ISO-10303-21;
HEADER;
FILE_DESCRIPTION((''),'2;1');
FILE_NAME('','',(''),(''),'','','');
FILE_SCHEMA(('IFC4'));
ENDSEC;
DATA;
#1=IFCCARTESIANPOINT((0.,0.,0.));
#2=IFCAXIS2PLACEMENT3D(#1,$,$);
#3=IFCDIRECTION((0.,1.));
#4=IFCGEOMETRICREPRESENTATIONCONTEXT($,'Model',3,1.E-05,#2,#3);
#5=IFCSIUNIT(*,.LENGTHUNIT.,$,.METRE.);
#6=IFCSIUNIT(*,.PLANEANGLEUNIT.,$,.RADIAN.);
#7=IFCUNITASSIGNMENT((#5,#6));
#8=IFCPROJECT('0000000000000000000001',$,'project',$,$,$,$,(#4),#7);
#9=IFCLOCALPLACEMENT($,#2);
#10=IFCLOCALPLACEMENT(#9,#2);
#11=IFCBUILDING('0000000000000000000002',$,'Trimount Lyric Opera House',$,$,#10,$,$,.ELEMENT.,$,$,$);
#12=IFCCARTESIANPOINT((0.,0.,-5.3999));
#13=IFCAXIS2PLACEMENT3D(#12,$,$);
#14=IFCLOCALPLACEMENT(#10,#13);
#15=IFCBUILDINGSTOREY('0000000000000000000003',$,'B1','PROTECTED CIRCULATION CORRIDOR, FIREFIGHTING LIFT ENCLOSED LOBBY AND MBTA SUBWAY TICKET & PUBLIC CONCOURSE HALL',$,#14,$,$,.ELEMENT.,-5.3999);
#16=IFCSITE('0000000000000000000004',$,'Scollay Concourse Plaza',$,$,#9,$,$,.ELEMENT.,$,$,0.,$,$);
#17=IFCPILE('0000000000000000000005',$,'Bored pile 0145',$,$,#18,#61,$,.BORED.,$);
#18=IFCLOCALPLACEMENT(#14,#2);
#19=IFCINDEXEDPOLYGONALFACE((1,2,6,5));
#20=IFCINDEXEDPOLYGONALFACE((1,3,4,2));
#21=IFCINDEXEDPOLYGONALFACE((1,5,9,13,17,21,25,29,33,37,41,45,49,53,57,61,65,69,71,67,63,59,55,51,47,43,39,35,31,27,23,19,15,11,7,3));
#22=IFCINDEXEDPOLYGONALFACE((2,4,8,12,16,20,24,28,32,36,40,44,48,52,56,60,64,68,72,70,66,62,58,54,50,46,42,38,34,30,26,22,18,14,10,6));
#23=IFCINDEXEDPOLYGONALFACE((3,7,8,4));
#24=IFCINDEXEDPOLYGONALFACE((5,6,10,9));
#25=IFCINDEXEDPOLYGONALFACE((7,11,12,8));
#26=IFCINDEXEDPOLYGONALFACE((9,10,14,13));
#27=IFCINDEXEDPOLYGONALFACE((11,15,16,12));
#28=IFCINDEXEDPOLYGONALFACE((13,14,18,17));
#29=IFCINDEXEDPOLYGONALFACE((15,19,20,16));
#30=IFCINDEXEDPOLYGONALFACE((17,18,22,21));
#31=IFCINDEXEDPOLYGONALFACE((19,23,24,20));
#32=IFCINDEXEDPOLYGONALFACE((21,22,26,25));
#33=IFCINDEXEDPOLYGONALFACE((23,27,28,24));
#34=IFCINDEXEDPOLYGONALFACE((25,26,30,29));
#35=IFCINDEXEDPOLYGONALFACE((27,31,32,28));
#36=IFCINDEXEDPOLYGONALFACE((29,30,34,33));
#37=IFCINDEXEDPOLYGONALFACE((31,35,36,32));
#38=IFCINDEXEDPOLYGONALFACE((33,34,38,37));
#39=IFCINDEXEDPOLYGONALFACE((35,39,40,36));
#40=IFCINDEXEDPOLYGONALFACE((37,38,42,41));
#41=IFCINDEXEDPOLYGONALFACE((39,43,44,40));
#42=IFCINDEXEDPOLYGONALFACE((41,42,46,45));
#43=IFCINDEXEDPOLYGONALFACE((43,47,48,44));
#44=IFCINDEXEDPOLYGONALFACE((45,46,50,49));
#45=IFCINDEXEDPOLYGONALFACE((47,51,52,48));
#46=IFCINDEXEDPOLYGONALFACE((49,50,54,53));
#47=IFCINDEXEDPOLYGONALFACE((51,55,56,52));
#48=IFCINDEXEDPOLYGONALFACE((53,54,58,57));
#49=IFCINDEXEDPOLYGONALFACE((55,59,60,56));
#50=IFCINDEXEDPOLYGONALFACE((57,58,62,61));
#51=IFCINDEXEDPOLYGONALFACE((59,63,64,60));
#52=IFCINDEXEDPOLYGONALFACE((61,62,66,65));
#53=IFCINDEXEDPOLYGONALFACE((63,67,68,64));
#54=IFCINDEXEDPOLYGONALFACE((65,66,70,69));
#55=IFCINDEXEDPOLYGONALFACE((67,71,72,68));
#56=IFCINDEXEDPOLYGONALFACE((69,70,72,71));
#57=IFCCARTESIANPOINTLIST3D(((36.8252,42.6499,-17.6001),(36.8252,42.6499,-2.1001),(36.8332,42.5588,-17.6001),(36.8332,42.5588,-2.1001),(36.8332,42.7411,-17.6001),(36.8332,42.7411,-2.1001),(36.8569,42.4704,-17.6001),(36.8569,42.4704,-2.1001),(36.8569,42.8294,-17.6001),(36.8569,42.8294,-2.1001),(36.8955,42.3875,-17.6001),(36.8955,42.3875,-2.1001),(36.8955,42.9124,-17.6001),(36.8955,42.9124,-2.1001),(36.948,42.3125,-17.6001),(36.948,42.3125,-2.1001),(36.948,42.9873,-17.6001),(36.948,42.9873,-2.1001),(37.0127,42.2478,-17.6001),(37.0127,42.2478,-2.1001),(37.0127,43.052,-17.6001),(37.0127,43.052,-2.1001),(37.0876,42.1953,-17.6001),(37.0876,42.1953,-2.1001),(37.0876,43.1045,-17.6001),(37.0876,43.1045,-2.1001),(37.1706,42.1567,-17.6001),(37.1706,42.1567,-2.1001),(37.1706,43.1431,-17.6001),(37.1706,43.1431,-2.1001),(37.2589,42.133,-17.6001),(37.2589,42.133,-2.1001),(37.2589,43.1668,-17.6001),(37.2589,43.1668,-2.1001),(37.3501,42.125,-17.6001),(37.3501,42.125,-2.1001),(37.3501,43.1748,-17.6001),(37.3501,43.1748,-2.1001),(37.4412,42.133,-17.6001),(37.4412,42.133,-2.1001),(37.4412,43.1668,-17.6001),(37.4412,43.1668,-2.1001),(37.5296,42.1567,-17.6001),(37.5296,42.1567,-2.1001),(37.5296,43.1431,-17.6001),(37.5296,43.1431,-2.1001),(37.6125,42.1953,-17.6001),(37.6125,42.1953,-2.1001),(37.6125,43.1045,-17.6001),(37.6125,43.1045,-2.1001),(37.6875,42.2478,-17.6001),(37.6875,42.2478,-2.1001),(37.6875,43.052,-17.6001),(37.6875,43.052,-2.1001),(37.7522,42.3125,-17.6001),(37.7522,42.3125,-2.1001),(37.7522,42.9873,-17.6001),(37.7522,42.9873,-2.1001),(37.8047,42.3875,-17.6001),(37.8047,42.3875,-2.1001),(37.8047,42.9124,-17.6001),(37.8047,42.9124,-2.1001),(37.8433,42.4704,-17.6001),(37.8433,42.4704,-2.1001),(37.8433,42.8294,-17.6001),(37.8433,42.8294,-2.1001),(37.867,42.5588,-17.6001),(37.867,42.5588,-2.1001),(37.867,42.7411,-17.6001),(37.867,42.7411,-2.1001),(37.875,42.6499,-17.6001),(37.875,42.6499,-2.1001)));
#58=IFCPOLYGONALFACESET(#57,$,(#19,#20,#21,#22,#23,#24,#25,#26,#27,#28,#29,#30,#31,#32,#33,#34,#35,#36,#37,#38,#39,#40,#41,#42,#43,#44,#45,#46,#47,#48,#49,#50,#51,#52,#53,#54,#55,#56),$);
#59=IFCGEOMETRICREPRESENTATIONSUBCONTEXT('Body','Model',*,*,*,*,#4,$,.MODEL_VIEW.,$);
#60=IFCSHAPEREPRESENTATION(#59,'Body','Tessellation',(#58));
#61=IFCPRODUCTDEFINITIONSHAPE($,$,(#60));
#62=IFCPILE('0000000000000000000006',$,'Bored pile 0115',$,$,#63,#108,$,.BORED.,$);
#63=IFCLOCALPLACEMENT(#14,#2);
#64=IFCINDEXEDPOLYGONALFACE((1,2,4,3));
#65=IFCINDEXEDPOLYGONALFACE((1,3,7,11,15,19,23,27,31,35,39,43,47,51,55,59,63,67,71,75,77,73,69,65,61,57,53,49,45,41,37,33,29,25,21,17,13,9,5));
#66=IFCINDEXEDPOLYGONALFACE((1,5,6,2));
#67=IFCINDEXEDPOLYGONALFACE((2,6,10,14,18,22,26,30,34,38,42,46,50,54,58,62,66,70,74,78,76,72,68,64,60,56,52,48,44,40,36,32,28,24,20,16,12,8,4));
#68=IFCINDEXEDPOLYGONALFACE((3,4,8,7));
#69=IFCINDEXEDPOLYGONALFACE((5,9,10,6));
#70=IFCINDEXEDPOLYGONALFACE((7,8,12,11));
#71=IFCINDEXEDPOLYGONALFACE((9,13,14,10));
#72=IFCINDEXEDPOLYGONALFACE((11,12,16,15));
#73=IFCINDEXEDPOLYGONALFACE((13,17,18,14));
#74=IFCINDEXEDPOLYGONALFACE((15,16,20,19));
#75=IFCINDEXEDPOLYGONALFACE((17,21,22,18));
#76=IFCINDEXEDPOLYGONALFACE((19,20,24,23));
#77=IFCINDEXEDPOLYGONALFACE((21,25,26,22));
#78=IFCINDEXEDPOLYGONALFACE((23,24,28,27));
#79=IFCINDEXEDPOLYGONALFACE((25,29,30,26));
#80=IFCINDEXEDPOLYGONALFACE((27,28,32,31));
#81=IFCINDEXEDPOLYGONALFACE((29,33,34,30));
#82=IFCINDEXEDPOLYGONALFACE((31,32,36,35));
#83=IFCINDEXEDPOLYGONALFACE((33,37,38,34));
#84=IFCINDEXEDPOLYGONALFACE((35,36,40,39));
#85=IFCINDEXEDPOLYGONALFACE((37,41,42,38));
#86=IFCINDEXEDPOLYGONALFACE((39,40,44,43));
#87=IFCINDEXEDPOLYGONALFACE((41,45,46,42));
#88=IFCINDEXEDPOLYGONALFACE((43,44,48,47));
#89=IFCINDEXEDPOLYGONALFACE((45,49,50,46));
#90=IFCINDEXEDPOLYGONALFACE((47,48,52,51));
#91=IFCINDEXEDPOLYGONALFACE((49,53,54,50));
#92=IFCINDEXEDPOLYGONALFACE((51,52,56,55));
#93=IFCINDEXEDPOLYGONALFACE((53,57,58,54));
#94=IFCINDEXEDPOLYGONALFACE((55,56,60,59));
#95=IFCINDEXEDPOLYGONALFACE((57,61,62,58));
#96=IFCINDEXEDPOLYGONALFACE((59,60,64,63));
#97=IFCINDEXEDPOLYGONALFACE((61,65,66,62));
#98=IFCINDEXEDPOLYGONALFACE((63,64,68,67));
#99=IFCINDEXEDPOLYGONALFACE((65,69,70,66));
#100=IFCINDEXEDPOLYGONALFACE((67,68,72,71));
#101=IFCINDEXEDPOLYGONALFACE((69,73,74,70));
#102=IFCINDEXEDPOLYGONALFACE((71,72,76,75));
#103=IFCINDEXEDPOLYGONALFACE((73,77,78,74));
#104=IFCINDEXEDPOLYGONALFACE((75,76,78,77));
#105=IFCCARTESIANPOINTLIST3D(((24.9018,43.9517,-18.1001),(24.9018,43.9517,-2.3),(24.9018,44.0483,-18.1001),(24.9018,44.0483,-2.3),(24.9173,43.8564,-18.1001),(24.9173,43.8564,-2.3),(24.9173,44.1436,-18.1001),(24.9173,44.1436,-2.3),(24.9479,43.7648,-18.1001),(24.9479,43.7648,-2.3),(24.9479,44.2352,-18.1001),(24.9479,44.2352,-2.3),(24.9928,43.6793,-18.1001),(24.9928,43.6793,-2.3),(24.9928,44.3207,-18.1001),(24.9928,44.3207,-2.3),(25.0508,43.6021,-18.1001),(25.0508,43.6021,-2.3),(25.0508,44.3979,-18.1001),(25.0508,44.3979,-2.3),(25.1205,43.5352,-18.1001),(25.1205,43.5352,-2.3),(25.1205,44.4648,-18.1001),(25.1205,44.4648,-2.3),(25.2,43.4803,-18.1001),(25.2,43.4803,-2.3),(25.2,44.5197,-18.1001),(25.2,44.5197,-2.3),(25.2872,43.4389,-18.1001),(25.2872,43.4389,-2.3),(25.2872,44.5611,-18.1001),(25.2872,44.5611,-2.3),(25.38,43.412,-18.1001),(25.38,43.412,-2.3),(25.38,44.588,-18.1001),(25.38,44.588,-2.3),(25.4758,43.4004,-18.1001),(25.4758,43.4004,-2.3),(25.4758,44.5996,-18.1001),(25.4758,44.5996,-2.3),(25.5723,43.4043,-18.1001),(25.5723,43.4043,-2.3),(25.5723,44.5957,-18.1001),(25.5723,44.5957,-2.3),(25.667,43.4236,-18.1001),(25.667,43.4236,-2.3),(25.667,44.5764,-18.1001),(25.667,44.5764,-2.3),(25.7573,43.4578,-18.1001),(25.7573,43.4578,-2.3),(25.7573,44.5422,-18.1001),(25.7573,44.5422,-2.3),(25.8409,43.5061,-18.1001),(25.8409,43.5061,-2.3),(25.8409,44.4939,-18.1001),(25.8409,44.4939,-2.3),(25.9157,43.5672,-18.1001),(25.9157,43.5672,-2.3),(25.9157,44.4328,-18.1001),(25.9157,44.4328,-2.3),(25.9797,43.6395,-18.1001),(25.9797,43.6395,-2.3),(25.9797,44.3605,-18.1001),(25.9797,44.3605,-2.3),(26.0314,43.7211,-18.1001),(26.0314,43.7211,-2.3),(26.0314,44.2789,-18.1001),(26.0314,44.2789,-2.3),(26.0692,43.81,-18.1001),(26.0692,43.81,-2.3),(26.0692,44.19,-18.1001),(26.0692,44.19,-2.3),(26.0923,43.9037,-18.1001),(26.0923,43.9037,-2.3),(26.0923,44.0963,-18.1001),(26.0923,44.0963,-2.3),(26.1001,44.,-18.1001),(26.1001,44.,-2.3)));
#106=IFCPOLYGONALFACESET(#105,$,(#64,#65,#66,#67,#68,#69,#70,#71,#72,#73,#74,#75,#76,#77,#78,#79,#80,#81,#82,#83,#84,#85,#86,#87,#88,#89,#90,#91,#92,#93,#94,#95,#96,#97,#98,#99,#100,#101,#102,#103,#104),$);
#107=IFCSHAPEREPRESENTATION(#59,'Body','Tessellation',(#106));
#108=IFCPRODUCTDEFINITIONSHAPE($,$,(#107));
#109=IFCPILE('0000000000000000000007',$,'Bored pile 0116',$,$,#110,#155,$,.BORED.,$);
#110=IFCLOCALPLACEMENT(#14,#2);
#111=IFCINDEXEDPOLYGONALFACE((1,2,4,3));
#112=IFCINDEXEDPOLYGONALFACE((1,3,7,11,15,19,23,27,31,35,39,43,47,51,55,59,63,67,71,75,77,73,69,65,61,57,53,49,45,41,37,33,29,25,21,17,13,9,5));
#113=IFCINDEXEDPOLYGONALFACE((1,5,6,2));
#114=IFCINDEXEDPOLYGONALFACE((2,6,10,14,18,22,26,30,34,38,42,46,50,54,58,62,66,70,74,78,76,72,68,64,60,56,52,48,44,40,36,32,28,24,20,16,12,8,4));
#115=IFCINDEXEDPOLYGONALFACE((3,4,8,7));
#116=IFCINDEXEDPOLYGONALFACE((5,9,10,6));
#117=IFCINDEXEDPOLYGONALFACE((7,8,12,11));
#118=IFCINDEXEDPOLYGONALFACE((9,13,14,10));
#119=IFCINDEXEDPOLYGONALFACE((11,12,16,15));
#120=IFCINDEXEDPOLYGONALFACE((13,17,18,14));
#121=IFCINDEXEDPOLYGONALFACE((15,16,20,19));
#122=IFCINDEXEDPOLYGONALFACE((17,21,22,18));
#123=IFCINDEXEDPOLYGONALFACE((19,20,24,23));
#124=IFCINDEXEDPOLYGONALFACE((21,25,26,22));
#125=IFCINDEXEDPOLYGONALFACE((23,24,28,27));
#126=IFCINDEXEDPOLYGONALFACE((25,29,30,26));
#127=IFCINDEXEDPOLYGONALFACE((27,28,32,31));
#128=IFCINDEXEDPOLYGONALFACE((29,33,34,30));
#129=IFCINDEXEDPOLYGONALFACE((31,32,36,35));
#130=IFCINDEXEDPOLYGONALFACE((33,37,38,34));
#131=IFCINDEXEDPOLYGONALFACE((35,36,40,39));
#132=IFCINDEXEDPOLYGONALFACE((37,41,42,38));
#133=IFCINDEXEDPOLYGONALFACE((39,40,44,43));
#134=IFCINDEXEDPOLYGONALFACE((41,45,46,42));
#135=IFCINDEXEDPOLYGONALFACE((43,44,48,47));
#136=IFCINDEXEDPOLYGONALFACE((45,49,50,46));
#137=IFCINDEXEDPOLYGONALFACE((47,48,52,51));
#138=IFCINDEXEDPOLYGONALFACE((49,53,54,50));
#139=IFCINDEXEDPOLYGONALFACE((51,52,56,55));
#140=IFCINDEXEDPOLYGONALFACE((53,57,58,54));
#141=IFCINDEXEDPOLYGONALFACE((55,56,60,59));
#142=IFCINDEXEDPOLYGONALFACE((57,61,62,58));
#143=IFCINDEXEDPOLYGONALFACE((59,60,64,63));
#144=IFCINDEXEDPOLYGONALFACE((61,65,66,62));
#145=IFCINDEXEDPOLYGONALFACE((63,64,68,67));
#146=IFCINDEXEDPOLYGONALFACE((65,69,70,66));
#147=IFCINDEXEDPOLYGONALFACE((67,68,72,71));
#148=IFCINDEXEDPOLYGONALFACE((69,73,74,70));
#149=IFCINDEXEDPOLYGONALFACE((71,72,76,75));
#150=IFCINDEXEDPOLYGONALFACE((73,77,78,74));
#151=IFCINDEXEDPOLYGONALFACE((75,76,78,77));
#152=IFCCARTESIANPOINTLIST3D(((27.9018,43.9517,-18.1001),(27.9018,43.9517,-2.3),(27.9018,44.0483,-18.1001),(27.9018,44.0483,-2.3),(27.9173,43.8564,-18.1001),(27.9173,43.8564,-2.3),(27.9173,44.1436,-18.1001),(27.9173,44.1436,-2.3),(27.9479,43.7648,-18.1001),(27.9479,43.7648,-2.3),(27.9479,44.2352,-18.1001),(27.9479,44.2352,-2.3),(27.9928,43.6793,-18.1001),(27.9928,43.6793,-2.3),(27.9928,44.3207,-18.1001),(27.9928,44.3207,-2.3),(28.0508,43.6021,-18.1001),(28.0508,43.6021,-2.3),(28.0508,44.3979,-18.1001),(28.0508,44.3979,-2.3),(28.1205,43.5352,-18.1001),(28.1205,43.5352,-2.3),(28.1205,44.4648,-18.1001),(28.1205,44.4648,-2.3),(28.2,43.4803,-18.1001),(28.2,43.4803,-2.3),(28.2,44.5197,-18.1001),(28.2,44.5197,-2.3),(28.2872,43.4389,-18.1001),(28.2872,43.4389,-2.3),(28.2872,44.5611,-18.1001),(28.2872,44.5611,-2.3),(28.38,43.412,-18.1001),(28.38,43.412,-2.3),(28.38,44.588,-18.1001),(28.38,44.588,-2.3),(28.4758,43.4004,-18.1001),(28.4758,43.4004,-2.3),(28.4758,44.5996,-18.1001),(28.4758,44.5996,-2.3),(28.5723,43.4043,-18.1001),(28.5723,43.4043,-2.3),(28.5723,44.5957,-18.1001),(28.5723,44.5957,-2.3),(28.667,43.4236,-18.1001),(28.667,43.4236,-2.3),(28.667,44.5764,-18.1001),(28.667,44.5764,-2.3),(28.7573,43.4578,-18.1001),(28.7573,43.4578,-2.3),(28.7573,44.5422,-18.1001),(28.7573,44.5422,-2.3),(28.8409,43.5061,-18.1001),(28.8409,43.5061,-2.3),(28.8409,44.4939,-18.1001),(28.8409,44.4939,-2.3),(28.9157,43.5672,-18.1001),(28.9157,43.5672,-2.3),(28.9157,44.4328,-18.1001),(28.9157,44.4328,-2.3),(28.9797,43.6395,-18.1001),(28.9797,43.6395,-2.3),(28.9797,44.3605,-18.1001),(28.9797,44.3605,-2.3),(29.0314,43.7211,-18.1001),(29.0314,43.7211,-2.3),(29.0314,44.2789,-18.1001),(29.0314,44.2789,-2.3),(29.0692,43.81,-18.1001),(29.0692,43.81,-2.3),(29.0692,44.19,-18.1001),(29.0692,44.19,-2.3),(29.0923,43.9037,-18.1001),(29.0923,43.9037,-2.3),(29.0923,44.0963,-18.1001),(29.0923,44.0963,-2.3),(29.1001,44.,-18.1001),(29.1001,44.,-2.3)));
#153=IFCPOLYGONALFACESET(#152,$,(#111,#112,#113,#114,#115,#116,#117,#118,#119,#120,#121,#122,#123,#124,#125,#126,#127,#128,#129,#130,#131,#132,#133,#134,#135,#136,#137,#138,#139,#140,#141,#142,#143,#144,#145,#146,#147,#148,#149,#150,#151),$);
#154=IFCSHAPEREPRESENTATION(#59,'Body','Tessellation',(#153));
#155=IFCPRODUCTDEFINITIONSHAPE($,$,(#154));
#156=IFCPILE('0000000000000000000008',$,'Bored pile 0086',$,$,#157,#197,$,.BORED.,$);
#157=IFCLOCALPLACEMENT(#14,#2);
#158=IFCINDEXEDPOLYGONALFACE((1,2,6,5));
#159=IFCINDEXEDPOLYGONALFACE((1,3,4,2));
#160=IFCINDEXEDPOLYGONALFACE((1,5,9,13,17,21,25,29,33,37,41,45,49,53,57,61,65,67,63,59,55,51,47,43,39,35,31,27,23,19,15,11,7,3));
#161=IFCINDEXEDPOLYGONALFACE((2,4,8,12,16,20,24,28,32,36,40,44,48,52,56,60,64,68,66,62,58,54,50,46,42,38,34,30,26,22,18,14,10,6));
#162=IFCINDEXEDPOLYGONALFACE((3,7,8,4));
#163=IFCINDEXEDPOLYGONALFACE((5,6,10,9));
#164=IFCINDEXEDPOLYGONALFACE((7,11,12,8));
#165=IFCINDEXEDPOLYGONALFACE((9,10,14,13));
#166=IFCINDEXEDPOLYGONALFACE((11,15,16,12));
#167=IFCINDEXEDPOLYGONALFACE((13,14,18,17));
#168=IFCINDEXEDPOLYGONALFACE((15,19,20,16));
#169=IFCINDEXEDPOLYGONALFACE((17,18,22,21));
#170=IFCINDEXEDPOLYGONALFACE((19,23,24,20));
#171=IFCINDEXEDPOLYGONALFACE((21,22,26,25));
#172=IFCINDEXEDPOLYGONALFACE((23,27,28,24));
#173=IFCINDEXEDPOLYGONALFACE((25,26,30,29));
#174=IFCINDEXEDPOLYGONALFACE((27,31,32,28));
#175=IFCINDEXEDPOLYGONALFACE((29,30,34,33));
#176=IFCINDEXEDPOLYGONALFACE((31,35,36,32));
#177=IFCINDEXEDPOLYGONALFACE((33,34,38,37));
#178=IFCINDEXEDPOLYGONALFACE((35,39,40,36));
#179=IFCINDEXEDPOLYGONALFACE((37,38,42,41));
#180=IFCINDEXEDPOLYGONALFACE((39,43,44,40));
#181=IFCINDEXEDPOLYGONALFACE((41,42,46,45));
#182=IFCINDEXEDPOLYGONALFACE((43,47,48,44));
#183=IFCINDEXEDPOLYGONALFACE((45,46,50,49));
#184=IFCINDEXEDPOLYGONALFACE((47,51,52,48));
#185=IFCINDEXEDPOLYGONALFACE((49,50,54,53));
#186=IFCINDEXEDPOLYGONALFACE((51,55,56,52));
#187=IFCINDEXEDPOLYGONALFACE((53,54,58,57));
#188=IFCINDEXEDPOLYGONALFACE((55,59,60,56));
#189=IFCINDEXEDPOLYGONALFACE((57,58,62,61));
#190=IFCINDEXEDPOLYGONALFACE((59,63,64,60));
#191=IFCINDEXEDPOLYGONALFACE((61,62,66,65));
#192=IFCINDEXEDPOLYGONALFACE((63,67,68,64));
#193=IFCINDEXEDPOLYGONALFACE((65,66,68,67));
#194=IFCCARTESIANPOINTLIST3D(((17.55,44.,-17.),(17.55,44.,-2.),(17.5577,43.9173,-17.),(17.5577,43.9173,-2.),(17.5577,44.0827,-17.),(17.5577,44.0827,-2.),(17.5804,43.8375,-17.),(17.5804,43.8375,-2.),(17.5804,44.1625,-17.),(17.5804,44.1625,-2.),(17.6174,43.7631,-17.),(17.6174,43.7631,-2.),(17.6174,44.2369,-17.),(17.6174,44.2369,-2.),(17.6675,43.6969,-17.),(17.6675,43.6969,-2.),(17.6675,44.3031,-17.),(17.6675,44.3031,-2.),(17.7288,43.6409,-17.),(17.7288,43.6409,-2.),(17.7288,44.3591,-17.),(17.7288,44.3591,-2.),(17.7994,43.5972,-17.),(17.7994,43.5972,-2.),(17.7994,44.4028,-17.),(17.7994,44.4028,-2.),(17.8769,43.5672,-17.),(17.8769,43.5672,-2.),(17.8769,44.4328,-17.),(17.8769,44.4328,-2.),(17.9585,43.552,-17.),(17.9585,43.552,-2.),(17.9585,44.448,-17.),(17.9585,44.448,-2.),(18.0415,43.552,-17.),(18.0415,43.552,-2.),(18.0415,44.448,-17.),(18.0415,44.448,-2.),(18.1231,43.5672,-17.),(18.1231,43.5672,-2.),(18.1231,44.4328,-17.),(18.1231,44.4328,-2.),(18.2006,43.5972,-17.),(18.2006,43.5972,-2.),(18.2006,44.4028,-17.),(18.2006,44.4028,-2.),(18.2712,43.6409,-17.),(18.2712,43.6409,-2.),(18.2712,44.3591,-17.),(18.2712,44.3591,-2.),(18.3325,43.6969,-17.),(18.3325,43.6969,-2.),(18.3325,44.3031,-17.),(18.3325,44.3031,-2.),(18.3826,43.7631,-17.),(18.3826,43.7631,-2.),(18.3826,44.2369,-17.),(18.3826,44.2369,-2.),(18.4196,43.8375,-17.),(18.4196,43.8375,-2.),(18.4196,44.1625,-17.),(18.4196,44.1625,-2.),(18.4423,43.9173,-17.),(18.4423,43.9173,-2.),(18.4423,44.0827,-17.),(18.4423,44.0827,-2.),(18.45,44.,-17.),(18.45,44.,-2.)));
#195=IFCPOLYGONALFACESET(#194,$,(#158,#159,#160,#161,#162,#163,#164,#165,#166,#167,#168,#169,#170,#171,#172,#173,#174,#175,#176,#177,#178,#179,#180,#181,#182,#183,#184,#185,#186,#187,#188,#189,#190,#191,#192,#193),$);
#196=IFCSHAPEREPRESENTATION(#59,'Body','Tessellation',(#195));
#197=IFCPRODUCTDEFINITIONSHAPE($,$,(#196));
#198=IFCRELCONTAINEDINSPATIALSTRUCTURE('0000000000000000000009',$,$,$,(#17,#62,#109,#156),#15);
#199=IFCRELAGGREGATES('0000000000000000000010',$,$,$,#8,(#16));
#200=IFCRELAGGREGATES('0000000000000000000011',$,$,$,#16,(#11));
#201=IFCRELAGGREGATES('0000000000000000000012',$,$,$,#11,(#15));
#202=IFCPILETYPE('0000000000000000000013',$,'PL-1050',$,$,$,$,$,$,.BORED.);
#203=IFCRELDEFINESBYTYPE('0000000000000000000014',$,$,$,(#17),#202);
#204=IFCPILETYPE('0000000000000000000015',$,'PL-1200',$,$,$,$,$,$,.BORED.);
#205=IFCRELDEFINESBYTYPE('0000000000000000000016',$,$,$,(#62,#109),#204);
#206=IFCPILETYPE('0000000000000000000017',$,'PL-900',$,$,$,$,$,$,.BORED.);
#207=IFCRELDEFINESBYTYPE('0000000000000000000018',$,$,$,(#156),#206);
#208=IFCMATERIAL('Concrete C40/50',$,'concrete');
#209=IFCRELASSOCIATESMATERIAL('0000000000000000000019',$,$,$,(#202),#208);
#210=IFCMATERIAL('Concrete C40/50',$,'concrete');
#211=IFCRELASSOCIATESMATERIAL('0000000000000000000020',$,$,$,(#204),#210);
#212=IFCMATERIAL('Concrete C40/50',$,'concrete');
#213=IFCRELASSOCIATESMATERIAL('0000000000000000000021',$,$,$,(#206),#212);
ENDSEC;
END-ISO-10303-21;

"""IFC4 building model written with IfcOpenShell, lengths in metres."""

from ifc_helpers import new_model, si_unit, direction, frame, origin, origin_2d, place, context, subcontext, project, spatial, circle, extrude, material, material_profile, profile_set, type_object, element, save


model = new_model("IFC4")

# Units and contexts
model_context = context("Model", 3, precision=1e-05, world=origin(), true_north=direction((0.0, 1.0)))
body_context = subcontext(model_context, "Body", "Model", "MODEL_VIEW")
ifc_project = project(units=[si_unit("LENGTHUNIT", "METRE"), si_unit("PLANEANGLEUNIT", "RADIAN")], contexts=[model_context])

# Site, building, storey
site_placement = place(None, origin())
site = spatial("IfcSite", under=ifc_project, at=site_placement, Name="Scollay Concourse Plaza", CompositionType="ELEMENT", RefElevation=0.0)
building_placement = place(site_placement, origin())
building = spatial("IfcBuilding", under=site, at=building_placement, Name="Trimount Lyric Opera House", CompositionType="ELEMENT")
storey_placement = place(building_placement, frame((0.0, 0.0, -5.3999)))
storey = spatial("IfcBuildingStorey", under=building, at=storey_placement, Name="B1", Description="PROTECTED CIRCULATION CORRIDOR, FIREFIGHTING LIFT ENCLOSED LOBBY AND MBTA SUBWAY TICKET & PUBLIC CONCOURSE HALL", CompositionType="ELEMENT", Elevation=-5.3999)

# Piles
ifc_material_1 = material(Name="Concrete C40/50", Category="concrete")
ifc_material_profile_1 = material_profile(ifc_material_1, circle(Radius=0.5249, at=origin_2d()), Name="PILE-D1050")
ifc_profile_set_1 = profile_set([ifc_material_profile_1], Name="Concrete C40/50")
pile_type_1 = type_object("IfcPileType", Name="PL-1050", PredefinedType="BORED", material=ifc_profile_set_1)
for number, where, z_axis, x_axis, name in (
    (1, (37.3501, 42.6499, -2.1001), (0.0, 0.0, -1.0), (1.0, 0.0, 0.0), "Bored pile 0145"),
):
    element("IfcPile", number, at=place(storey_placement, frame(where, z_axis=z_axis, x_axis=x_axis)), inside=storey, type_object=pile_type_1, Name=name, PredefinedType="BORED", context=body_context, shape_type="SweptSolid", body=[
        extrude(circle(Radius=0.5249, at=origin_2d()), origin(), (0.0, 0.0, 1.0), 15.5),
    ])
ifc_material_2 = material(Name="Concrete C40/50", Category="concrete")
ifc_material_profile_2 = material_profile(ifc_material_2, circle(Radius=0.6001, at=origin_2d()), Name="PILE-D1200")
ifc_profile_set_2 = profile_set([ifc_material_profile_2], Name="Concrete C40/50")
pile_type_2 = type_object("IfcPileType", Name="PL-1200", PredefinedType="BORED", material=ifc_profile_set_2)
for number, where, z_axis, x_axis, name in (
    (2, (25.5, 44.0, -2.3), (0.0, 0.0, -1.0), (1.0, 0.0, 0.0), "Bored pile 0115"),
    (3, (28.5, 44.0, -2.3), (0.0, 0.0, -1.0), (1.0, 0.0, 0.0), "Bored pile 0116"),
):
    element("IfcPile", number, at=place(storey_placement, frame(where, z_axis=z_axis, x_axis=x_axis)), inside=storey, type_object=pile_type_2, Name=name, PredefinedType="BORED", context=body_context, shape_type="SweptSolid", body=[
        extrude(circle(Radius=0.6001, at=origin_2d()), origin(), (0.0, 0.0, 1.0), 15.8),
    ])
ifc_material_3 = material(Name="Concrete C40/50", Category="concrete")
ifc_material_profile_3 = material_profile(ifc_material_3, circle(Radius=0.45, at=origin_2d()), Name="PILE-D900")
ifc_profile_set_3 = profile_set([ifc_material_profile_3], Name="Concrete C40/50")
pile_type_3 = type_object("IfcPileType", Name="PL-900", PredefinedType="BORED", material=ifc_profile_set_3)
pile_placement = place(storey_placement, frame((18.0, 44.0, -2.0), z_axis=(0.0, 0.0, -1.0), x_axis=(1.0, 0.0, 0.0)))
element("IfcPile", 4, at=pile_placement, inside=storey, type_object=pile_type_3, Name="Bored pile 0086", PredefinedType="BORED", context=body_context, shape_type="SweptSolid", body=[
    extrude(circle(Radius=0.45, at=origin_2d()), origin(), (0.0, 0.0, 1.0), 15.0),
])

save(model, "model.ifc")
